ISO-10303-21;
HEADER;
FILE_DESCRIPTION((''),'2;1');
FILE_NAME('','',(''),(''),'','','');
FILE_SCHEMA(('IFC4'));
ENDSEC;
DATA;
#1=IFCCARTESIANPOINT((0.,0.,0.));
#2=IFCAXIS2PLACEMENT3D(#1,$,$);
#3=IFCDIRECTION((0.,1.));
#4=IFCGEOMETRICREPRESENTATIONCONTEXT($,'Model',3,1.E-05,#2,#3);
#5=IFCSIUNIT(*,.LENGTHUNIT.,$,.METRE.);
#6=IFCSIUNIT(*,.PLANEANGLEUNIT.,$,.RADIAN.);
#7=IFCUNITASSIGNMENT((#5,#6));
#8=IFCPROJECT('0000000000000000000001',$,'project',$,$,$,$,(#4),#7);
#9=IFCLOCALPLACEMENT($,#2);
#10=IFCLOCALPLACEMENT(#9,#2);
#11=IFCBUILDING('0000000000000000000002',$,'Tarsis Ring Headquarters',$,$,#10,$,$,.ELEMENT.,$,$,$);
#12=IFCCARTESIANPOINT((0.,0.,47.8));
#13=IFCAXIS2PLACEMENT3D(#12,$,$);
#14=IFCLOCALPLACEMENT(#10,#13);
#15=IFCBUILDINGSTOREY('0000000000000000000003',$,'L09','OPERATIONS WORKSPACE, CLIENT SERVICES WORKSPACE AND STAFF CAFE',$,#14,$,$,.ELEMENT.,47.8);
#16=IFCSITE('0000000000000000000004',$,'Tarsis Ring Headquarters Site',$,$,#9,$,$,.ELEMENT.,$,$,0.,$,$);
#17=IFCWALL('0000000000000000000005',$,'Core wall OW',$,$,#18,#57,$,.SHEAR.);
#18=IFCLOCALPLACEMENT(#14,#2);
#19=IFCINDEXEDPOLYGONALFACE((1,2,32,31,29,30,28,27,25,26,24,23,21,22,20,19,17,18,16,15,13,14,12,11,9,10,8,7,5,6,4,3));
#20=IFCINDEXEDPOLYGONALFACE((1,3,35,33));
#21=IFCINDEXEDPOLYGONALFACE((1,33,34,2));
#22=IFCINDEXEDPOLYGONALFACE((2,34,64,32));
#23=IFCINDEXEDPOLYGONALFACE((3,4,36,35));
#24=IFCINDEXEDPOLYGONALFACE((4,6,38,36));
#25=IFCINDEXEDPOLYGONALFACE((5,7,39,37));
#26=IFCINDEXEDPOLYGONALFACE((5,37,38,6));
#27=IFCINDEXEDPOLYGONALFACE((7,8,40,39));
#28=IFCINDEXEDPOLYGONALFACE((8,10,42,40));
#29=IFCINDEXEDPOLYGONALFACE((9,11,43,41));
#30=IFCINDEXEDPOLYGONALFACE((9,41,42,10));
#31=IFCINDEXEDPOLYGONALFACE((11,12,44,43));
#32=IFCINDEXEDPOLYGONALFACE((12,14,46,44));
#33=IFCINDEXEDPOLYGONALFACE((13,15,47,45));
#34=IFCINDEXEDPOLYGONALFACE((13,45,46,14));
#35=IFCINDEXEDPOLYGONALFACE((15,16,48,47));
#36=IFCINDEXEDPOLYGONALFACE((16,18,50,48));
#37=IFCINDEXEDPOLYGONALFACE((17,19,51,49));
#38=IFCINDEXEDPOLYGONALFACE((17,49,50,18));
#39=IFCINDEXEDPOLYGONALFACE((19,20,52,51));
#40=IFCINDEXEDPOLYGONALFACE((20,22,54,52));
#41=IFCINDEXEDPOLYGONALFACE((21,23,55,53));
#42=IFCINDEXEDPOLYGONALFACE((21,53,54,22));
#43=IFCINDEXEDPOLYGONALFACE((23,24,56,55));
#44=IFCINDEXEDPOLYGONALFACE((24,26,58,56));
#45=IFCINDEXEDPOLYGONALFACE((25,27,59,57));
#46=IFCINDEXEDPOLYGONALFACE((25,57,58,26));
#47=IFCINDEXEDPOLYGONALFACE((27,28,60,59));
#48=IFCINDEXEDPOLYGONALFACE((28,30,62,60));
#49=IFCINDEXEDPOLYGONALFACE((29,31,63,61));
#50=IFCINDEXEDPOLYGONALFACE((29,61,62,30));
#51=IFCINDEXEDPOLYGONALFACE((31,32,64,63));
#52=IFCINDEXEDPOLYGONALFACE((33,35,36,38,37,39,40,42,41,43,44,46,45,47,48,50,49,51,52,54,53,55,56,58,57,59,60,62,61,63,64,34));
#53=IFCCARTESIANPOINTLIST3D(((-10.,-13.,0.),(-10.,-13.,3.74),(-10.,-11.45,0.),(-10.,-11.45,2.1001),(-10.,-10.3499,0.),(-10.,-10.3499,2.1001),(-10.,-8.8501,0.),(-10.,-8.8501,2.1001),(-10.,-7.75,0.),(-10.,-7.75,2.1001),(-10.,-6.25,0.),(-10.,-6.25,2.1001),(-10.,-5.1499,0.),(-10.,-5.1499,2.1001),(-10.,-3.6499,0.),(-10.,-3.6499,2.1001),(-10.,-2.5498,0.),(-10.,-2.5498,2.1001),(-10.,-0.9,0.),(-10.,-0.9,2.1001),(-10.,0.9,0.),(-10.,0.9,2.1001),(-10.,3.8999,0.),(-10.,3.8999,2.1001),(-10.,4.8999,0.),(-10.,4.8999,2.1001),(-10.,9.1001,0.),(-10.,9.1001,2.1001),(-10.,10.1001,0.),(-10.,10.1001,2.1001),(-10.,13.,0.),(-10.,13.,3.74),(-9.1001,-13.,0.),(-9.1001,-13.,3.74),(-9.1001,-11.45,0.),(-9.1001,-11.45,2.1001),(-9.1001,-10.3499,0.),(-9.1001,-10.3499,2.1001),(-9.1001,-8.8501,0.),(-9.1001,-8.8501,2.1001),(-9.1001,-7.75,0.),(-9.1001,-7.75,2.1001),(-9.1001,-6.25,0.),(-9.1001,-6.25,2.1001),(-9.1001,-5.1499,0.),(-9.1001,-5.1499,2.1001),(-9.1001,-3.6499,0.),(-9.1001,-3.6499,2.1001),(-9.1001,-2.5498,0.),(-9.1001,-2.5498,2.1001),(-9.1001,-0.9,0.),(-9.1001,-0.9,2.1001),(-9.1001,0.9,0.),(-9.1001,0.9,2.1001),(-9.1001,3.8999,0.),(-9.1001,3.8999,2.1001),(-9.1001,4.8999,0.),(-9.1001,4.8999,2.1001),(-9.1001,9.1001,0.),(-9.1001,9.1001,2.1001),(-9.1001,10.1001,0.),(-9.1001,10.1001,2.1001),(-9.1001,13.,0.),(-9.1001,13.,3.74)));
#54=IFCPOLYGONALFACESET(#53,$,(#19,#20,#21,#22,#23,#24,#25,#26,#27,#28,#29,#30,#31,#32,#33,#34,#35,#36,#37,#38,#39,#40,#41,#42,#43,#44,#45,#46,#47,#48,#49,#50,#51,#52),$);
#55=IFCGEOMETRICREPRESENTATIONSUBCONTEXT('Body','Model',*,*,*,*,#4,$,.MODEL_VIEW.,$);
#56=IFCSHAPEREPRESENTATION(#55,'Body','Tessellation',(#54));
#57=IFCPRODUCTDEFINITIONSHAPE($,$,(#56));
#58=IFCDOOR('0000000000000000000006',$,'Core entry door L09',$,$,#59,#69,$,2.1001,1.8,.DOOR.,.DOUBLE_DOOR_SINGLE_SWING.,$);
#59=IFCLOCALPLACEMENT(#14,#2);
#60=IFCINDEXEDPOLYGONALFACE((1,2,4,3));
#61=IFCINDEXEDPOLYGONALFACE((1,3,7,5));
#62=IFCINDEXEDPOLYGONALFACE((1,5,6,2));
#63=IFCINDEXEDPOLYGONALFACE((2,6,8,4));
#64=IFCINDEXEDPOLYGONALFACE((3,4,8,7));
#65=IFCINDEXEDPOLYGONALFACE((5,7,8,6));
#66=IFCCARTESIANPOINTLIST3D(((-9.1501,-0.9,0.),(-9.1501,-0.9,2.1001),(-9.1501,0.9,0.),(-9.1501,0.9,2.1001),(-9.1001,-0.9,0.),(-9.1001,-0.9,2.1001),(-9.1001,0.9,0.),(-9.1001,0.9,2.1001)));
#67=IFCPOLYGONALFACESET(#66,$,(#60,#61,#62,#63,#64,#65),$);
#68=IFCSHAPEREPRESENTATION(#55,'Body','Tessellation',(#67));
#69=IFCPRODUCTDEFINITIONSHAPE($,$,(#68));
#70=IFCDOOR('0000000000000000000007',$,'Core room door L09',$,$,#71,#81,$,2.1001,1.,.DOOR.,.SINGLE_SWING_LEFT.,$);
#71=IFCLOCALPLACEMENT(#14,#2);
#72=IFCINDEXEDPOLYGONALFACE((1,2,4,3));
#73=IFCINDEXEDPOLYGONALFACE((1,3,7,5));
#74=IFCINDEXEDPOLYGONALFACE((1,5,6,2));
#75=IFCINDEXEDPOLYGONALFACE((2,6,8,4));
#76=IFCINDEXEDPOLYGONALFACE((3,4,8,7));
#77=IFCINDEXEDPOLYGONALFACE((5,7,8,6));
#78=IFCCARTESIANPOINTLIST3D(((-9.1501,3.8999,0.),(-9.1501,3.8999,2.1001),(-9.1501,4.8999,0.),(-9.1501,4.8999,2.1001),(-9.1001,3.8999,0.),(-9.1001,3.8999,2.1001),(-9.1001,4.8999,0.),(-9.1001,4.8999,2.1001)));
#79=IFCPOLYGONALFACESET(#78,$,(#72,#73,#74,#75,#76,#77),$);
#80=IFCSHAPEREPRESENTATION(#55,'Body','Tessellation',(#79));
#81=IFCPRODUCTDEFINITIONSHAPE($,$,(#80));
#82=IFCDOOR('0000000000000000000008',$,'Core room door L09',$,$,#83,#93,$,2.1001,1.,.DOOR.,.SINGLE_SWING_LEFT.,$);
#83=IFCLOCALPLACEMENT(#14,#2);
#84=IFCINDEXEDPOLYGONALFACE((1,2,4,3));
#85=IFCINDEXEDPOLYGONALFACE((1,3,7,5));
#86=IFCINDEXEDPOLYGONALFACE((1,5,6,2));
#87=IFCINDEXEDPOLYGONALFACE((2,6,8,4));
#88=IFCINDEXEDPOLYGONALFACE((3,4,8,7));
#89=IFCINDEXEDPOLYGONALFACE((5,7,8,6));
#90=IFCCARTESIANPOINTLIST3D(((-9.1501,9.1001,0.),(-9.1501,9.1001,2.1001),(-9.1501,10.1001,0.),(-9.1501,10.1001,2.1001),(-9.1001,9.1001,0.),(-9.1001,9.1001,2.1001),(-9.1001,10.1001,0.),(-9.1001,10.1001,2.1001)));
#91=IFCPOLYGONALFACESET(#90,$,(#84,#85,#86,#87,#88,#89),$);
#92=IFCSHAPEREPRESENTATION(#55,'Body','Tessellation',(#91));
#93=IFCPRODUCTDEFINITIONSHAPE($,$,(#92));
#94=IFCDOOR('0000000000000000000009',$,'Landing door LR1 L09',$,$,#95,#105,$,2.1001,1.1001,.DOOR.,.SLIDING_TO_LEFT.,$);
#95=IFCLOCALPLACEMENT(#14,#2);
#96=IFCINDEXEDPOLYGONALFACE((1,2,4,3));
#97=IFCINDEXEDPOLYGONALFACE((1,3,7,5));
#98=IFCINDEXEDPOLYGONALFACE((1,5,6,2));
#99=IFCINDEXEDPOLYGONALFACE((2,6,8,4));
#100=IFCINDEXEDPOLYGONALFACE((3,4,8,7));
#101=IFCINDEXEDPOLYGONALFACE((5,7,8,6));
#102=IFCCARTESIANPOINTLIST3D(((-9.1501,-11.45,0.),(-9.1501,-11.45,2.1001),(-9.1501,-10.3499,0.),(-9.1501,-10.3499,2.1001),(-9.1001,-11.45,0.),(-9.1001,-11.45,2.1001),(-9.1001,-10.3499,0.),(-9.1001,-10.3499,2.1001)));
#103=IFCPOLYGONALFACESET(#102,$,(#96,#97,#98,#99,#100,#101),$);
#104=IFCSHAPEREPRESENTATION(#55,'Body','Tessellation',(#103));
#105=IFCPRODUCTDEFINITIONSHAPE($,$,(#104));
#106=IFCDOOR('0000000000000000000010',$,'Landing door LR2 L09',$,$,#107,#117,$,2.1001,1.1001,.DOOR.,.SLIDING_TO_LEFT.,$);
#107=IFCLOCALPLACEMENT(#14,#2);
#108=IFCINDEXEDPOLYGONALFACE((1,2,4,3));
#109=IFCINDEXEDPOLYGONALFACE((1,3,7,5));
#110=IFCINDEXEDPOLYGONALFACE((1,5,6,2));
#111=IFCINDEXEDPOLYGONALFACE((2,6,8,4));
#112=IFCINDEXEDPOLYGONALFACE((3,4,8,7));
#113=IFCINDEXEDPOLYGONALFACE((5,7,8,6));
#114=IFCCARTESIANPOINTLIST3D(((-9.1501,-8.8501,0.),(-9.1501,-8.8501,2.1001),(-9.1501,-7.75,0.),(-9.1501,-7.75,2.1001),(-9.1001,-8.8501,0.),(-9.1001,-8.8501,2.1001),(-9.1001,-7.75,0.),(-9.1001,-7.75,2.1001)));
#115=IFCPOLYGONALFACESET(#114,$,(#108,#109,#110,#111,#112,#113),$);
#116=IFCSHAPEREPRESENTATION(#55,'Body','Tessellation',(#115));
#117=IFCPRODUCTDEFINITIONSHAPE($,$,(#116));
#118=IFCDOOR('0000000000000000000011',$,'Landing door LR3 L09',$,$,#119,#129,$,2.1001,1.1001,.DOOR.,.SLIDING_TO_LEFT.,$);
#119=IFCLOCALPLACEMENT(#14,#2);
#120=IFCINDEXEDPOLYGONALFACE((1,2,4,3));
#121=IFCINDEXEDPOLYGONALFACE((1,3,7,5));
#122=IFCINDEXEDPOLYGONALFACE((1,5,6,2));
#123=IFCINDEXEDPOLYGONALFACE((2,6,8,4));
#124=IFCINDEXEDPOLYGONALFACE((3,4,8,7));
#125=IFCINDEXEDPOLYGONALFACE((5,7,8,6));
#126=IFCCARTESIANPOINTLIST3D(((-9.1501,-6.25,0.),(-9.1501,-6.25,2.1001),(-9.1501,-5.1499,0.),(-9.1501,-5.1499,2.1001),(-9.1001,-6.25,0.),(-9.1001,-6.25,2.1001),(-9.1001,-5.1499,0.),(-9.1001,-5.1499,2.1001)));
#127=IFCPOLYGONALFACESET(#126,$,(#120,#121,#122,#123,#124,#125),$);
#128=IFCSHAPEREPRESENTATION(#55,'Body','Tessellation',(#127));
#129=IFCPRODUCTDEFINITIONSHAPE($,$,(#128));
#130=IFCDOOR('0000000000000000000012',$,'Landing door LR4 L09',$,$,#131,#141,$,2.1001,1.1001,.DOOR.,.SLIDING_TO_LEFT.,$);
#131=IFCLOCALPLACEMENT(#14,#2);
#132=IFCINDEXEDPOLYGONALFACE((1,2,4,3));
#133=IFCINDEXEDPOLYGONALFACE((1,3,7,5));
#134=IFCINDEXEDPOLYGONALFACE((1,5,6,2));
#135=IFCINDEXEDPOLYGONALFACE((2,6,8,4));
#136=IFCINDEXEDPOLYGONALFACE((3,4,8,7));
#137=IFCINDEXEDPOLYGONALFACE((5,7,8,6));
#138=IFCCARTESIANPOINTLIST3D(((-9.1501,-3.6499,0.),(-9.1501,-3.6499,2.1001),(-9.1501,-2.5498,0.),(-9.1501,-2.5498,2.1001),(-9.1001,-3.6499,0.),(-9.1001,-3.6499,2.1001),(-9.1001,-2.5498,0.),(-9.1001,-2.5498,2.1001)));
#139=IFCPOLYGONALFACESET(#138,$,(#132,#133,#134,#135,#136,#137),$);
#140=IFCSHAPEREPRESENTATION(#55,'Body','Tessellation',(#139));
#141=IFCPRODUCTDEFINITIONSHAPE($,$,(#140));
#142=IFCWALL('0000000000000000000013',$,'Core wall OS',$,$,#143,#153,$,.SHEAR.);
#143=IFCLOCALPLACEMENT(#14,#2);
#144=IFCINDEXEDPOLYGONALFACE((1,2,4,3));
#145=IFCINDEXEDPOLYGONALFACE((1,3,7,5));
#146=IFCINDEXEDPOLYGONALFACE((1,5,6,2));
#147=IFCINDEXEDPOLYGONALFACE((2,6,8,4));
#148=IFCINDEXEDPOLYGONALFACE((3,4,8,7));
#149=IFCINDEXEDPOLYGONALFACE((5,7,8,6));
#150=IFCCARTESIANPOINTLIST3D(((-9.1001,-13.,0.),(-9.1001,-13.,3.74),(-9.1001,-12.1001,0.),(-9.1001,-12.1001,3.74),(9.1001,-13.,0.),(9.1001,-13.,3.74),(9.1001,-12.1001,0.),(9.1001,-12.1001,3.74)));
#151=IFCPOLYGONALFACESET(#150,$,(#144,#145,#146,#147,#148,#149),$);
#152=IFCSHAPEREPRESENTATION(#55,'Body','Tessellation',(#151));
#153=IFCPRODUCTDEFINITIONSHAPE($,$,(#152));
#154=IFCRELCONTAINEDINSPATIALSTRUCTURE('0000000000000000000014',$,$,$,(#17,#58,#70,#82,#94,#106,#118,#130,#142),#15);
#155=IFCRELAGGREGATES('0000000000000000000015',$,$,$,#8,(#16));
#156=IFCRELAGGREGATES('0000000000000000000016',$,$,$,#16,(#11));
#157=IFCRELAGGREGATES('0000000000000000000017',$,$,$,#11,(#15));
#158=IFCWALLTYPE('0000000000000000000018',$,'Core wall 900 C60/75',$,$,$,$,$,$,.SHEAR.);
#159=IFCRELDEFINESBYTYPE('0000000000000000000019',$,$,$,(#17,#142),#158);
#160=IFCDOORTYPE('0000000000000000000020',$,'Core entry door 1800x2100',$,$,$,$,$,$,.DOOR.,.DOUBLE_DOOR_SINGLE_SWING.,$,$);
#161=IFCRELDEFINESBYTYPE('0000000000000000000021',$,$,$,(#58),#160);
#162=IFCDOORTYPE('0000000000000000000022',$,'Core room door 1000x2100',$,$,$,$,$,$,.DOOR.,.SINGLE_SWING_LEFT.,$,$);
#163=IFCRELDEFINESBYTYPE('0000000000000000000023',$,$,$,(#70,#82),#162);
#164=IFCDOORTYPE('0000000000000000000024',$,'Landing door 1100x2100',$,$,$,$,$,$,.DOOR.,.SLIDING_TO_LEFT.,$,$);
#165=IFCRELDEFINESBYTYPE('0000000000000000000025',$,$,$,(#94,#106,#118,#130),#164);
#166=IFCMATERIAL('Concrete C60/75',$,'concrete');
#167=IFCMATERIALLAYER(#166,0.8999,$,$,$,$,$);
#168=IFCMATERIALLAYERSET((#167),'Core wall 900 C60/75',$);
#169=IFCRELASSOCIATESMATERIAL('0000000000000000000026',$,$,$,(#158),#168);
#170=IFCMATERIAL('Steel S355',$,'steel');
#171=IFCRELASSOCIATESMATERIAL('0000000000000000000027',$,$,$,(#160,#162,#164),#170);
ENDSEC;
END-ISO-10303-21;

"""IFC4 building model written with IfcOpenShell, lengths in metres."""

from ifc_helpers import new_model, si_unit, direction, frame, frame_2d, origin, place, context, subcontext, project, spatial, rectangle, extrude, material, layer, layer_set, type_object, element, fill, save


model = new_model("IFC4")

# Units and contexts
model_context = context("Model", 3, precision=1e-05, world=origin(), true_north=direction((0.0, 1.0)))
body_context = subcontext(model_context, "Body", "Model", "MODEL_VIEW")
ifc_project = project(units=[si_unit("LENGTHUNIT", "METRE"), si_unit("PLANEANGLEUNIT", "RADIAN")], contexts=[model_context])

# Site, building, storey
site_placement = place(None, origin())
site = spatial("IfcSite", under=ifc_project, at=site_placement, Name="Tarsis Ring Headquarters Site", CompositionType="ELEMENT", RefElevation=0.0)
building_placement = place(site_placement, origin())
building = spatial("IfcBuilding", under=site, at=building_placement, Name="Tarsis Ring Headquarters", CompositionType="ELEMENT")
storey_placement = place(building_placement, frame((0.0, 0.0, 47.8)))
storey = spatial("IfcBuildingStorey", under=building, at=storey_placement, Name="L09", Description="OPERATIONS WORKSPACE, CLIENT SERVICES WORKSPACE AND STAFF CAFE", CompositionType="ELEMENT", Elevation=47.8)

# Wall, openings, doors
ifc_material_1 = material(Name="Concrete C60/75", Category="concrete")
ifc_layer_1 = layer(ifc_material_1, 0.8999)
ifc_layer_set_1 = layer_set([ifc_layer_1], Name="Core wall 900 C60/75")
wall_type_1 = type_object("IfcWallType", Name="Core wall 900 C60/75", PredefinedType="SHEAR", material=ifc_layer_set_1)
wall_1_placement = place(storey_placement, frame((-9.55, -13.0, 0.0), z_axis=(0.0, 0.0, 1.0), x_axis=(0.0, 1.0, 0.0)))
wall_1 = element("IfcWall", 1, at=wall_1_placement, inside=storey, type_object=wall_type_1, Name="Core wall OW", PredefinedType="SHEAR", context=body_context, shape_type="SweptSolid", body=[
    extrude(rectangle(XDim=26.0, YDim=0.8999, at=frame_2d((13.0, 0.0))), origin(), (0.0, 0.0, 1.0), 3.74),
])
opening_1_placement = place(wall_1_placement, frame((1.55, 0.0, 0.0)))
opening_1 = element("IfcOpeningElement", 2, at=opening_1_placement, cuts=wall_1, PredefinedType="OPENING", context=body_context, shape_type="SweptSolid", body=[
    extrude(rectangle(XDim=1.1001, YDim=2.1001, at=frame_2d((0.55, 1.05))), frame((0.0, 0.46, 0.0), z_axis=(0.0, -1.0, 0.0), x_axis=(1.0, 0.0, 0.0)), (0.0, 0.0, 1.0), 0.9199),
])
opening_2_placement = place(wall_1_placement, frame((4.1499, 0.0, 0.0)))
opening_2 = element("IfcOpeningElement", 3, at=opening_2_placement, cuts=wall_1, PredefinedType="OPENING", context=body_context, shape_type="SweptSolid", body=[
    extrude(rectangle(XDim=1.1001, YDim=2.1001, at=frame_2d((0.55, 1.05))), frame((0.0, 0.46, 0.0), z_axis=(0.0, -1.0, 0.0), x_axis=(1.0, 0.0, 0.0)), (0.0, 0.0, 1.0), 0.9199),
])
opening_3_placement = place(wall_1_placement, frame((6.75, 0.0, 0.0)))
opening_3 = element("IfcOpeningElement", 4, at=opening_3_placement, cuts=wall_1, PredefinedType="OPENING", context=body_context, shape_type="SweptSolid", body=[
    extrude(rectangle(XDim=1.1001, YDim=2.1001, at=frame_2d((0.55, 1.05))), frame((0.0, 0.46, 0.0), z_axis=(0.0, -1.0, 0.0), x_axis=(1.0, 0.0, 0.0)), (0.0, 0.0, 1.0), 0.9199),
])
opening_4_placement = place(wall_1_placement, frame((9.3501, 0.0, 0.0)))
opening_4 = element("IfcOpeningElement", 5, at=opening_4_placement, cuts=wall_1, PredefinedType="OPENING", context=body_context, shape_type="SweptSolid", body=[
    extrude(rectangle(XDim=1.1001, YDim=2.1001, at=frame_2d((0.55, 1.05))), frame((0.0, 0.46, 0.0), z_axis=(0.0, -1.0, 0.0), x_axis=(1.0, 0.0, 0.0)), (0.0, 0.0, 1.0), 0.9199),
])
opening_5_placement = place(wall_1_placement, frame((12.1001, 0.0, 0.0)))
opening_5 = element("IfcOpeningElement", 6, at=opening_5_placement, cuts=wall_1, PredefinedType="OPENING", context=body_context, shape_type="SweptSolid", body=[
    extrude(rectangle(XDim=1.8, YDim=2.1001, at=frame_2d((0.8999, 1.05))), frame((0.0, 0.46, 0.0), z_axis=(0.0, -1.0, 0.0), x_axis=(1.0, 0.0, 0.0)), (0.0, 0.0, 1.0), 0.9199),
])
opening_6_placement = place(wall_1_placement, frame((16.8999, 0.0, 0.0)))
opening_6 = element("IfcOpeningElement", 7, at=opening_6_placement, cuts=wall_1, PredefinedType="OPENING", context=body_context, shape_type="SweptSolid", body=[
    extrude(rectangle(XDim=1.0, YDim=2.1001, at=frame_2d((0.5, 1.05))), frame((0.0, 0.46, 0.0), z_axis=(0.0, -1.0, 0.0), x_axis=(1.0, 0.0, 0.0)), (0.0, 0.0, 1.0), 0.9199),
])
opening_7_placement = place(wall_1_placement, frame((22.1001, 0.0, 0.0)))
opening_7 = element("IfcOpeningElement", 8, at=opening_7_placement, cuts=wall_1, PredefinedType="OPENING", context=body_context, shape_type="SweptSolid", body=[
    extrude(rectangle(XDim=1.0, YDim=2.1001, at=frame_2d((0.5, 1.05))), frame((0.0, 0.46, 0.0), z_axis=(0.0, -1.0, 0.0), x_axis=(1.0, 0.0, 0.0)), (0.0, 0.0, 1.0), 0.9199),
])
ifc_material_2 = material(Name="Steel S355", Category="steel")
door_type_1 = type_object("IfcDoorType", Name="Core entry door 1800x2100", OperationType="DOUBLE_DOOR_SINGLE_SWING", PredefinedType="DOOR", material=ifc_material_2)
door_1_placement = place(opening_5_placement, origin())
door_1 = element("IfcDoor", 9, at=door_1_placement, inside=storey, type_object=door_type_1, Name="Core entry door L09", OperationType="DOUBLE_DOOR_SINGLE_SWING", OverallHeight=2.1001, OverallWidth=1.8, PredefinedType="DOOR", context=body_context, shape_type="SweptSolid", body=[
    extrude(rectangle(XDim=1.8, YDim=2.1001, at=frame_2d((0.8999, 1.05))), frame((0.0, -0.3999, 0.0), z_axis=(0.0, -1.0, 0.0), x_axis=(1.0, 0.0, 0.0)), (0.0, 0.0, 1.0), 0.05),
])
fill(opening_5, door_1)
door_type_2 = type_object("IfcDoorType", Name="Core room door 1000x2100", OperationType="SINGLE_SWING_LEFT", PredefinedType="DOOR", material=ifc_material_2)
door_2_placement = place(opening_6_placement, origin())
door_2 = element("IfcDoor", 10, at=door_2_placement, inside=storey, type_object=door_type_2, Name="Core room door L09", OperationType="SINGLE_SWING_LEFT", OverallHeight=2.1001, OverallWidth=1.0, PredefinedType="DOOR", context=body_context, shape_type="SweptSolid", body=[
    extrude(rectangle(XDim=1.0, YDim=2.1001, at=frame_2d((0.5, 1.05))), frame((0.0, -0.3999, 0.0), z_axis=(0.0, -1.0, 0.0), x_axis=(1.0, 0.0, 0.0)), (0.0, 0.0, 1.0), 0.05),
])
fill(opening_6, door_2)
door_3_placement = place(opening_7_placement, origin())
door_3 = element("IfcDoor", 11, at=door_3_placement, inside=storey, type_object=door_type_2, Name="Core room door L09", OperationType="SINGLE_SWING_LEFT", OverallHeight=2.1001, OverallWidth=1.0, PredefinedType="DOOR", context=body_context, shape_type="SweptSolid", body=[
    extrude(rectangle(XDim=1.0, YDim=2.1001, at=frame_2d((0.5, 1.05))), frame((0.0, -0.3999, 0.0), z_axis=(0.0, -1.0, 0.0), x_axis=(1.0, 0.0, 0.0)), (0.0, 0.0, 1.0), 0.05),
])
fill(opening_7, door_3)
door_type_3 = type_object("IfcDoorType", Name="Landing door 1100x2100", OperationType="SLIDING_TO_LEFT", PredefinedType="DOOR", material=ifc_material_2)
door_4_placement = place(opening_1_placement, origin())
door_4 = element("IfcDoor", 12, at=door_4_placement, inside=storey, type_object=door_type_3, Name="Landing door LR1 L09", OperationType="SLIDING_TO_LEFT", OverallHeight=2.1001, OverallWidth=1.1001, PredefinedType="DOOR", context=body_context, shape_type="SweptSolid", body=[
    extrude(rectangle(XDim=1.1001, YDim=2.1001, at=frame_2d((0.55, 1.05))), frame((0.0, -0.3999, 0.0), z_axis=(0.0, -1.0, 0.0), x_axis=(1.0, 0.0, 0.0)), (0.0, 0.0, 1.0), 0.05),
])
fill(opening_1, door_4)
door_5_placement = place(opening_2_placement, origin())
door_5 = element("IfcDoor", 13, at=door_5_placement, inside=storey, type_object=door_type_3, Name="Landing door LR2 L09", OperationType="SLIDING_TO_LEFT", OverallHeight=2.1001, OverallWidth=1.1001, PredefinedType="DOOR", context=body_context, shape_type="SweptSolid", body=[
    extrude(rectangle(XDim=1.1001, YDim=2.1001, at=frame_2d((0.55, 1.05))), frame((0.0, -0.3999, 0.0), z_axis=(0.0, -1.0, 0.0), x_axis=(1.0, 0.0, 0.0)), (0.0, 0.0, 1.0), 0.05),
])
fill(opening_2, door_5)
door_6_placement = place(opening_3_placement, origin())
door_6 = element("IfcDoor", 14, at=door_6_placement, inside=storey, type_object=door_type_3, Name="Landing door LR3 L09", OperationType="SLIDING_TO_LEFT", OverallHeight=2.1001, OverallWidth=1.1001, PredefinedType="DOOR", context=body_context, shape_type="SweptSolid", body=[
    extrude(rectangle(XDim=1.1001, YDim=2.1001, at=frame_2d((0.55, 1.05))), frame((0.0, -0.3999, 0.0), z_axis=(0.0, -1.0, 0.0), x_axis=(1.0, 0.0, 0.0)), (0.0, 0.0, 1.0), 0.05),
])
fill(opening_3, door_6)
door_7_placement = place(opening_4_placement, origin())
door_7 = element("IfcDoor", 15, at=door_7_placement, inside=storey, type_object=door_type_3, Name="Landing door LR4 L09", OperationType="SLIDING_TO_LEFT", OverallHeight=2.1001, OverallWidth=1.1001, PredefinedType="DOOR", context=body_context, shape_type="SweptSolid", body=[
    extrude(rectangle(XDim=1.1001, YDim=2.1001, at=frame_2d((0.55, 1.05))), frame((0.0, -0.3999, 0.0), z_axis=(0.0, -1.0, 0.0), x_axis=(1.0, 0.0, 0.0)), (0.0, 0.0, 1.0), 0.05),
])
fill(opening_4, door_7)

# Wall
wall_2_placement = place(storey_placement, frame((-9.1001, -12.55, 0.0), z_axis=(0.0, 0.0, 1.0), x_axis=(1.0, 0.0, 0.0)))
element("IfcWall", 16, at=wall_2_placement, inside=storey, type_object=wall_type_1, Name="Core wall OS", PredefinedType="SHEAR", context=body_context, shape_type="SweptSolid", body=[
    extrude(rectangle(XDim=18.2002, YDim=0.8999, at=frame_2d((9.1001, 0.0))), origin(), (0.0, 0.0, 1.0), 3.74),
])

save(model, "model.ifc")
